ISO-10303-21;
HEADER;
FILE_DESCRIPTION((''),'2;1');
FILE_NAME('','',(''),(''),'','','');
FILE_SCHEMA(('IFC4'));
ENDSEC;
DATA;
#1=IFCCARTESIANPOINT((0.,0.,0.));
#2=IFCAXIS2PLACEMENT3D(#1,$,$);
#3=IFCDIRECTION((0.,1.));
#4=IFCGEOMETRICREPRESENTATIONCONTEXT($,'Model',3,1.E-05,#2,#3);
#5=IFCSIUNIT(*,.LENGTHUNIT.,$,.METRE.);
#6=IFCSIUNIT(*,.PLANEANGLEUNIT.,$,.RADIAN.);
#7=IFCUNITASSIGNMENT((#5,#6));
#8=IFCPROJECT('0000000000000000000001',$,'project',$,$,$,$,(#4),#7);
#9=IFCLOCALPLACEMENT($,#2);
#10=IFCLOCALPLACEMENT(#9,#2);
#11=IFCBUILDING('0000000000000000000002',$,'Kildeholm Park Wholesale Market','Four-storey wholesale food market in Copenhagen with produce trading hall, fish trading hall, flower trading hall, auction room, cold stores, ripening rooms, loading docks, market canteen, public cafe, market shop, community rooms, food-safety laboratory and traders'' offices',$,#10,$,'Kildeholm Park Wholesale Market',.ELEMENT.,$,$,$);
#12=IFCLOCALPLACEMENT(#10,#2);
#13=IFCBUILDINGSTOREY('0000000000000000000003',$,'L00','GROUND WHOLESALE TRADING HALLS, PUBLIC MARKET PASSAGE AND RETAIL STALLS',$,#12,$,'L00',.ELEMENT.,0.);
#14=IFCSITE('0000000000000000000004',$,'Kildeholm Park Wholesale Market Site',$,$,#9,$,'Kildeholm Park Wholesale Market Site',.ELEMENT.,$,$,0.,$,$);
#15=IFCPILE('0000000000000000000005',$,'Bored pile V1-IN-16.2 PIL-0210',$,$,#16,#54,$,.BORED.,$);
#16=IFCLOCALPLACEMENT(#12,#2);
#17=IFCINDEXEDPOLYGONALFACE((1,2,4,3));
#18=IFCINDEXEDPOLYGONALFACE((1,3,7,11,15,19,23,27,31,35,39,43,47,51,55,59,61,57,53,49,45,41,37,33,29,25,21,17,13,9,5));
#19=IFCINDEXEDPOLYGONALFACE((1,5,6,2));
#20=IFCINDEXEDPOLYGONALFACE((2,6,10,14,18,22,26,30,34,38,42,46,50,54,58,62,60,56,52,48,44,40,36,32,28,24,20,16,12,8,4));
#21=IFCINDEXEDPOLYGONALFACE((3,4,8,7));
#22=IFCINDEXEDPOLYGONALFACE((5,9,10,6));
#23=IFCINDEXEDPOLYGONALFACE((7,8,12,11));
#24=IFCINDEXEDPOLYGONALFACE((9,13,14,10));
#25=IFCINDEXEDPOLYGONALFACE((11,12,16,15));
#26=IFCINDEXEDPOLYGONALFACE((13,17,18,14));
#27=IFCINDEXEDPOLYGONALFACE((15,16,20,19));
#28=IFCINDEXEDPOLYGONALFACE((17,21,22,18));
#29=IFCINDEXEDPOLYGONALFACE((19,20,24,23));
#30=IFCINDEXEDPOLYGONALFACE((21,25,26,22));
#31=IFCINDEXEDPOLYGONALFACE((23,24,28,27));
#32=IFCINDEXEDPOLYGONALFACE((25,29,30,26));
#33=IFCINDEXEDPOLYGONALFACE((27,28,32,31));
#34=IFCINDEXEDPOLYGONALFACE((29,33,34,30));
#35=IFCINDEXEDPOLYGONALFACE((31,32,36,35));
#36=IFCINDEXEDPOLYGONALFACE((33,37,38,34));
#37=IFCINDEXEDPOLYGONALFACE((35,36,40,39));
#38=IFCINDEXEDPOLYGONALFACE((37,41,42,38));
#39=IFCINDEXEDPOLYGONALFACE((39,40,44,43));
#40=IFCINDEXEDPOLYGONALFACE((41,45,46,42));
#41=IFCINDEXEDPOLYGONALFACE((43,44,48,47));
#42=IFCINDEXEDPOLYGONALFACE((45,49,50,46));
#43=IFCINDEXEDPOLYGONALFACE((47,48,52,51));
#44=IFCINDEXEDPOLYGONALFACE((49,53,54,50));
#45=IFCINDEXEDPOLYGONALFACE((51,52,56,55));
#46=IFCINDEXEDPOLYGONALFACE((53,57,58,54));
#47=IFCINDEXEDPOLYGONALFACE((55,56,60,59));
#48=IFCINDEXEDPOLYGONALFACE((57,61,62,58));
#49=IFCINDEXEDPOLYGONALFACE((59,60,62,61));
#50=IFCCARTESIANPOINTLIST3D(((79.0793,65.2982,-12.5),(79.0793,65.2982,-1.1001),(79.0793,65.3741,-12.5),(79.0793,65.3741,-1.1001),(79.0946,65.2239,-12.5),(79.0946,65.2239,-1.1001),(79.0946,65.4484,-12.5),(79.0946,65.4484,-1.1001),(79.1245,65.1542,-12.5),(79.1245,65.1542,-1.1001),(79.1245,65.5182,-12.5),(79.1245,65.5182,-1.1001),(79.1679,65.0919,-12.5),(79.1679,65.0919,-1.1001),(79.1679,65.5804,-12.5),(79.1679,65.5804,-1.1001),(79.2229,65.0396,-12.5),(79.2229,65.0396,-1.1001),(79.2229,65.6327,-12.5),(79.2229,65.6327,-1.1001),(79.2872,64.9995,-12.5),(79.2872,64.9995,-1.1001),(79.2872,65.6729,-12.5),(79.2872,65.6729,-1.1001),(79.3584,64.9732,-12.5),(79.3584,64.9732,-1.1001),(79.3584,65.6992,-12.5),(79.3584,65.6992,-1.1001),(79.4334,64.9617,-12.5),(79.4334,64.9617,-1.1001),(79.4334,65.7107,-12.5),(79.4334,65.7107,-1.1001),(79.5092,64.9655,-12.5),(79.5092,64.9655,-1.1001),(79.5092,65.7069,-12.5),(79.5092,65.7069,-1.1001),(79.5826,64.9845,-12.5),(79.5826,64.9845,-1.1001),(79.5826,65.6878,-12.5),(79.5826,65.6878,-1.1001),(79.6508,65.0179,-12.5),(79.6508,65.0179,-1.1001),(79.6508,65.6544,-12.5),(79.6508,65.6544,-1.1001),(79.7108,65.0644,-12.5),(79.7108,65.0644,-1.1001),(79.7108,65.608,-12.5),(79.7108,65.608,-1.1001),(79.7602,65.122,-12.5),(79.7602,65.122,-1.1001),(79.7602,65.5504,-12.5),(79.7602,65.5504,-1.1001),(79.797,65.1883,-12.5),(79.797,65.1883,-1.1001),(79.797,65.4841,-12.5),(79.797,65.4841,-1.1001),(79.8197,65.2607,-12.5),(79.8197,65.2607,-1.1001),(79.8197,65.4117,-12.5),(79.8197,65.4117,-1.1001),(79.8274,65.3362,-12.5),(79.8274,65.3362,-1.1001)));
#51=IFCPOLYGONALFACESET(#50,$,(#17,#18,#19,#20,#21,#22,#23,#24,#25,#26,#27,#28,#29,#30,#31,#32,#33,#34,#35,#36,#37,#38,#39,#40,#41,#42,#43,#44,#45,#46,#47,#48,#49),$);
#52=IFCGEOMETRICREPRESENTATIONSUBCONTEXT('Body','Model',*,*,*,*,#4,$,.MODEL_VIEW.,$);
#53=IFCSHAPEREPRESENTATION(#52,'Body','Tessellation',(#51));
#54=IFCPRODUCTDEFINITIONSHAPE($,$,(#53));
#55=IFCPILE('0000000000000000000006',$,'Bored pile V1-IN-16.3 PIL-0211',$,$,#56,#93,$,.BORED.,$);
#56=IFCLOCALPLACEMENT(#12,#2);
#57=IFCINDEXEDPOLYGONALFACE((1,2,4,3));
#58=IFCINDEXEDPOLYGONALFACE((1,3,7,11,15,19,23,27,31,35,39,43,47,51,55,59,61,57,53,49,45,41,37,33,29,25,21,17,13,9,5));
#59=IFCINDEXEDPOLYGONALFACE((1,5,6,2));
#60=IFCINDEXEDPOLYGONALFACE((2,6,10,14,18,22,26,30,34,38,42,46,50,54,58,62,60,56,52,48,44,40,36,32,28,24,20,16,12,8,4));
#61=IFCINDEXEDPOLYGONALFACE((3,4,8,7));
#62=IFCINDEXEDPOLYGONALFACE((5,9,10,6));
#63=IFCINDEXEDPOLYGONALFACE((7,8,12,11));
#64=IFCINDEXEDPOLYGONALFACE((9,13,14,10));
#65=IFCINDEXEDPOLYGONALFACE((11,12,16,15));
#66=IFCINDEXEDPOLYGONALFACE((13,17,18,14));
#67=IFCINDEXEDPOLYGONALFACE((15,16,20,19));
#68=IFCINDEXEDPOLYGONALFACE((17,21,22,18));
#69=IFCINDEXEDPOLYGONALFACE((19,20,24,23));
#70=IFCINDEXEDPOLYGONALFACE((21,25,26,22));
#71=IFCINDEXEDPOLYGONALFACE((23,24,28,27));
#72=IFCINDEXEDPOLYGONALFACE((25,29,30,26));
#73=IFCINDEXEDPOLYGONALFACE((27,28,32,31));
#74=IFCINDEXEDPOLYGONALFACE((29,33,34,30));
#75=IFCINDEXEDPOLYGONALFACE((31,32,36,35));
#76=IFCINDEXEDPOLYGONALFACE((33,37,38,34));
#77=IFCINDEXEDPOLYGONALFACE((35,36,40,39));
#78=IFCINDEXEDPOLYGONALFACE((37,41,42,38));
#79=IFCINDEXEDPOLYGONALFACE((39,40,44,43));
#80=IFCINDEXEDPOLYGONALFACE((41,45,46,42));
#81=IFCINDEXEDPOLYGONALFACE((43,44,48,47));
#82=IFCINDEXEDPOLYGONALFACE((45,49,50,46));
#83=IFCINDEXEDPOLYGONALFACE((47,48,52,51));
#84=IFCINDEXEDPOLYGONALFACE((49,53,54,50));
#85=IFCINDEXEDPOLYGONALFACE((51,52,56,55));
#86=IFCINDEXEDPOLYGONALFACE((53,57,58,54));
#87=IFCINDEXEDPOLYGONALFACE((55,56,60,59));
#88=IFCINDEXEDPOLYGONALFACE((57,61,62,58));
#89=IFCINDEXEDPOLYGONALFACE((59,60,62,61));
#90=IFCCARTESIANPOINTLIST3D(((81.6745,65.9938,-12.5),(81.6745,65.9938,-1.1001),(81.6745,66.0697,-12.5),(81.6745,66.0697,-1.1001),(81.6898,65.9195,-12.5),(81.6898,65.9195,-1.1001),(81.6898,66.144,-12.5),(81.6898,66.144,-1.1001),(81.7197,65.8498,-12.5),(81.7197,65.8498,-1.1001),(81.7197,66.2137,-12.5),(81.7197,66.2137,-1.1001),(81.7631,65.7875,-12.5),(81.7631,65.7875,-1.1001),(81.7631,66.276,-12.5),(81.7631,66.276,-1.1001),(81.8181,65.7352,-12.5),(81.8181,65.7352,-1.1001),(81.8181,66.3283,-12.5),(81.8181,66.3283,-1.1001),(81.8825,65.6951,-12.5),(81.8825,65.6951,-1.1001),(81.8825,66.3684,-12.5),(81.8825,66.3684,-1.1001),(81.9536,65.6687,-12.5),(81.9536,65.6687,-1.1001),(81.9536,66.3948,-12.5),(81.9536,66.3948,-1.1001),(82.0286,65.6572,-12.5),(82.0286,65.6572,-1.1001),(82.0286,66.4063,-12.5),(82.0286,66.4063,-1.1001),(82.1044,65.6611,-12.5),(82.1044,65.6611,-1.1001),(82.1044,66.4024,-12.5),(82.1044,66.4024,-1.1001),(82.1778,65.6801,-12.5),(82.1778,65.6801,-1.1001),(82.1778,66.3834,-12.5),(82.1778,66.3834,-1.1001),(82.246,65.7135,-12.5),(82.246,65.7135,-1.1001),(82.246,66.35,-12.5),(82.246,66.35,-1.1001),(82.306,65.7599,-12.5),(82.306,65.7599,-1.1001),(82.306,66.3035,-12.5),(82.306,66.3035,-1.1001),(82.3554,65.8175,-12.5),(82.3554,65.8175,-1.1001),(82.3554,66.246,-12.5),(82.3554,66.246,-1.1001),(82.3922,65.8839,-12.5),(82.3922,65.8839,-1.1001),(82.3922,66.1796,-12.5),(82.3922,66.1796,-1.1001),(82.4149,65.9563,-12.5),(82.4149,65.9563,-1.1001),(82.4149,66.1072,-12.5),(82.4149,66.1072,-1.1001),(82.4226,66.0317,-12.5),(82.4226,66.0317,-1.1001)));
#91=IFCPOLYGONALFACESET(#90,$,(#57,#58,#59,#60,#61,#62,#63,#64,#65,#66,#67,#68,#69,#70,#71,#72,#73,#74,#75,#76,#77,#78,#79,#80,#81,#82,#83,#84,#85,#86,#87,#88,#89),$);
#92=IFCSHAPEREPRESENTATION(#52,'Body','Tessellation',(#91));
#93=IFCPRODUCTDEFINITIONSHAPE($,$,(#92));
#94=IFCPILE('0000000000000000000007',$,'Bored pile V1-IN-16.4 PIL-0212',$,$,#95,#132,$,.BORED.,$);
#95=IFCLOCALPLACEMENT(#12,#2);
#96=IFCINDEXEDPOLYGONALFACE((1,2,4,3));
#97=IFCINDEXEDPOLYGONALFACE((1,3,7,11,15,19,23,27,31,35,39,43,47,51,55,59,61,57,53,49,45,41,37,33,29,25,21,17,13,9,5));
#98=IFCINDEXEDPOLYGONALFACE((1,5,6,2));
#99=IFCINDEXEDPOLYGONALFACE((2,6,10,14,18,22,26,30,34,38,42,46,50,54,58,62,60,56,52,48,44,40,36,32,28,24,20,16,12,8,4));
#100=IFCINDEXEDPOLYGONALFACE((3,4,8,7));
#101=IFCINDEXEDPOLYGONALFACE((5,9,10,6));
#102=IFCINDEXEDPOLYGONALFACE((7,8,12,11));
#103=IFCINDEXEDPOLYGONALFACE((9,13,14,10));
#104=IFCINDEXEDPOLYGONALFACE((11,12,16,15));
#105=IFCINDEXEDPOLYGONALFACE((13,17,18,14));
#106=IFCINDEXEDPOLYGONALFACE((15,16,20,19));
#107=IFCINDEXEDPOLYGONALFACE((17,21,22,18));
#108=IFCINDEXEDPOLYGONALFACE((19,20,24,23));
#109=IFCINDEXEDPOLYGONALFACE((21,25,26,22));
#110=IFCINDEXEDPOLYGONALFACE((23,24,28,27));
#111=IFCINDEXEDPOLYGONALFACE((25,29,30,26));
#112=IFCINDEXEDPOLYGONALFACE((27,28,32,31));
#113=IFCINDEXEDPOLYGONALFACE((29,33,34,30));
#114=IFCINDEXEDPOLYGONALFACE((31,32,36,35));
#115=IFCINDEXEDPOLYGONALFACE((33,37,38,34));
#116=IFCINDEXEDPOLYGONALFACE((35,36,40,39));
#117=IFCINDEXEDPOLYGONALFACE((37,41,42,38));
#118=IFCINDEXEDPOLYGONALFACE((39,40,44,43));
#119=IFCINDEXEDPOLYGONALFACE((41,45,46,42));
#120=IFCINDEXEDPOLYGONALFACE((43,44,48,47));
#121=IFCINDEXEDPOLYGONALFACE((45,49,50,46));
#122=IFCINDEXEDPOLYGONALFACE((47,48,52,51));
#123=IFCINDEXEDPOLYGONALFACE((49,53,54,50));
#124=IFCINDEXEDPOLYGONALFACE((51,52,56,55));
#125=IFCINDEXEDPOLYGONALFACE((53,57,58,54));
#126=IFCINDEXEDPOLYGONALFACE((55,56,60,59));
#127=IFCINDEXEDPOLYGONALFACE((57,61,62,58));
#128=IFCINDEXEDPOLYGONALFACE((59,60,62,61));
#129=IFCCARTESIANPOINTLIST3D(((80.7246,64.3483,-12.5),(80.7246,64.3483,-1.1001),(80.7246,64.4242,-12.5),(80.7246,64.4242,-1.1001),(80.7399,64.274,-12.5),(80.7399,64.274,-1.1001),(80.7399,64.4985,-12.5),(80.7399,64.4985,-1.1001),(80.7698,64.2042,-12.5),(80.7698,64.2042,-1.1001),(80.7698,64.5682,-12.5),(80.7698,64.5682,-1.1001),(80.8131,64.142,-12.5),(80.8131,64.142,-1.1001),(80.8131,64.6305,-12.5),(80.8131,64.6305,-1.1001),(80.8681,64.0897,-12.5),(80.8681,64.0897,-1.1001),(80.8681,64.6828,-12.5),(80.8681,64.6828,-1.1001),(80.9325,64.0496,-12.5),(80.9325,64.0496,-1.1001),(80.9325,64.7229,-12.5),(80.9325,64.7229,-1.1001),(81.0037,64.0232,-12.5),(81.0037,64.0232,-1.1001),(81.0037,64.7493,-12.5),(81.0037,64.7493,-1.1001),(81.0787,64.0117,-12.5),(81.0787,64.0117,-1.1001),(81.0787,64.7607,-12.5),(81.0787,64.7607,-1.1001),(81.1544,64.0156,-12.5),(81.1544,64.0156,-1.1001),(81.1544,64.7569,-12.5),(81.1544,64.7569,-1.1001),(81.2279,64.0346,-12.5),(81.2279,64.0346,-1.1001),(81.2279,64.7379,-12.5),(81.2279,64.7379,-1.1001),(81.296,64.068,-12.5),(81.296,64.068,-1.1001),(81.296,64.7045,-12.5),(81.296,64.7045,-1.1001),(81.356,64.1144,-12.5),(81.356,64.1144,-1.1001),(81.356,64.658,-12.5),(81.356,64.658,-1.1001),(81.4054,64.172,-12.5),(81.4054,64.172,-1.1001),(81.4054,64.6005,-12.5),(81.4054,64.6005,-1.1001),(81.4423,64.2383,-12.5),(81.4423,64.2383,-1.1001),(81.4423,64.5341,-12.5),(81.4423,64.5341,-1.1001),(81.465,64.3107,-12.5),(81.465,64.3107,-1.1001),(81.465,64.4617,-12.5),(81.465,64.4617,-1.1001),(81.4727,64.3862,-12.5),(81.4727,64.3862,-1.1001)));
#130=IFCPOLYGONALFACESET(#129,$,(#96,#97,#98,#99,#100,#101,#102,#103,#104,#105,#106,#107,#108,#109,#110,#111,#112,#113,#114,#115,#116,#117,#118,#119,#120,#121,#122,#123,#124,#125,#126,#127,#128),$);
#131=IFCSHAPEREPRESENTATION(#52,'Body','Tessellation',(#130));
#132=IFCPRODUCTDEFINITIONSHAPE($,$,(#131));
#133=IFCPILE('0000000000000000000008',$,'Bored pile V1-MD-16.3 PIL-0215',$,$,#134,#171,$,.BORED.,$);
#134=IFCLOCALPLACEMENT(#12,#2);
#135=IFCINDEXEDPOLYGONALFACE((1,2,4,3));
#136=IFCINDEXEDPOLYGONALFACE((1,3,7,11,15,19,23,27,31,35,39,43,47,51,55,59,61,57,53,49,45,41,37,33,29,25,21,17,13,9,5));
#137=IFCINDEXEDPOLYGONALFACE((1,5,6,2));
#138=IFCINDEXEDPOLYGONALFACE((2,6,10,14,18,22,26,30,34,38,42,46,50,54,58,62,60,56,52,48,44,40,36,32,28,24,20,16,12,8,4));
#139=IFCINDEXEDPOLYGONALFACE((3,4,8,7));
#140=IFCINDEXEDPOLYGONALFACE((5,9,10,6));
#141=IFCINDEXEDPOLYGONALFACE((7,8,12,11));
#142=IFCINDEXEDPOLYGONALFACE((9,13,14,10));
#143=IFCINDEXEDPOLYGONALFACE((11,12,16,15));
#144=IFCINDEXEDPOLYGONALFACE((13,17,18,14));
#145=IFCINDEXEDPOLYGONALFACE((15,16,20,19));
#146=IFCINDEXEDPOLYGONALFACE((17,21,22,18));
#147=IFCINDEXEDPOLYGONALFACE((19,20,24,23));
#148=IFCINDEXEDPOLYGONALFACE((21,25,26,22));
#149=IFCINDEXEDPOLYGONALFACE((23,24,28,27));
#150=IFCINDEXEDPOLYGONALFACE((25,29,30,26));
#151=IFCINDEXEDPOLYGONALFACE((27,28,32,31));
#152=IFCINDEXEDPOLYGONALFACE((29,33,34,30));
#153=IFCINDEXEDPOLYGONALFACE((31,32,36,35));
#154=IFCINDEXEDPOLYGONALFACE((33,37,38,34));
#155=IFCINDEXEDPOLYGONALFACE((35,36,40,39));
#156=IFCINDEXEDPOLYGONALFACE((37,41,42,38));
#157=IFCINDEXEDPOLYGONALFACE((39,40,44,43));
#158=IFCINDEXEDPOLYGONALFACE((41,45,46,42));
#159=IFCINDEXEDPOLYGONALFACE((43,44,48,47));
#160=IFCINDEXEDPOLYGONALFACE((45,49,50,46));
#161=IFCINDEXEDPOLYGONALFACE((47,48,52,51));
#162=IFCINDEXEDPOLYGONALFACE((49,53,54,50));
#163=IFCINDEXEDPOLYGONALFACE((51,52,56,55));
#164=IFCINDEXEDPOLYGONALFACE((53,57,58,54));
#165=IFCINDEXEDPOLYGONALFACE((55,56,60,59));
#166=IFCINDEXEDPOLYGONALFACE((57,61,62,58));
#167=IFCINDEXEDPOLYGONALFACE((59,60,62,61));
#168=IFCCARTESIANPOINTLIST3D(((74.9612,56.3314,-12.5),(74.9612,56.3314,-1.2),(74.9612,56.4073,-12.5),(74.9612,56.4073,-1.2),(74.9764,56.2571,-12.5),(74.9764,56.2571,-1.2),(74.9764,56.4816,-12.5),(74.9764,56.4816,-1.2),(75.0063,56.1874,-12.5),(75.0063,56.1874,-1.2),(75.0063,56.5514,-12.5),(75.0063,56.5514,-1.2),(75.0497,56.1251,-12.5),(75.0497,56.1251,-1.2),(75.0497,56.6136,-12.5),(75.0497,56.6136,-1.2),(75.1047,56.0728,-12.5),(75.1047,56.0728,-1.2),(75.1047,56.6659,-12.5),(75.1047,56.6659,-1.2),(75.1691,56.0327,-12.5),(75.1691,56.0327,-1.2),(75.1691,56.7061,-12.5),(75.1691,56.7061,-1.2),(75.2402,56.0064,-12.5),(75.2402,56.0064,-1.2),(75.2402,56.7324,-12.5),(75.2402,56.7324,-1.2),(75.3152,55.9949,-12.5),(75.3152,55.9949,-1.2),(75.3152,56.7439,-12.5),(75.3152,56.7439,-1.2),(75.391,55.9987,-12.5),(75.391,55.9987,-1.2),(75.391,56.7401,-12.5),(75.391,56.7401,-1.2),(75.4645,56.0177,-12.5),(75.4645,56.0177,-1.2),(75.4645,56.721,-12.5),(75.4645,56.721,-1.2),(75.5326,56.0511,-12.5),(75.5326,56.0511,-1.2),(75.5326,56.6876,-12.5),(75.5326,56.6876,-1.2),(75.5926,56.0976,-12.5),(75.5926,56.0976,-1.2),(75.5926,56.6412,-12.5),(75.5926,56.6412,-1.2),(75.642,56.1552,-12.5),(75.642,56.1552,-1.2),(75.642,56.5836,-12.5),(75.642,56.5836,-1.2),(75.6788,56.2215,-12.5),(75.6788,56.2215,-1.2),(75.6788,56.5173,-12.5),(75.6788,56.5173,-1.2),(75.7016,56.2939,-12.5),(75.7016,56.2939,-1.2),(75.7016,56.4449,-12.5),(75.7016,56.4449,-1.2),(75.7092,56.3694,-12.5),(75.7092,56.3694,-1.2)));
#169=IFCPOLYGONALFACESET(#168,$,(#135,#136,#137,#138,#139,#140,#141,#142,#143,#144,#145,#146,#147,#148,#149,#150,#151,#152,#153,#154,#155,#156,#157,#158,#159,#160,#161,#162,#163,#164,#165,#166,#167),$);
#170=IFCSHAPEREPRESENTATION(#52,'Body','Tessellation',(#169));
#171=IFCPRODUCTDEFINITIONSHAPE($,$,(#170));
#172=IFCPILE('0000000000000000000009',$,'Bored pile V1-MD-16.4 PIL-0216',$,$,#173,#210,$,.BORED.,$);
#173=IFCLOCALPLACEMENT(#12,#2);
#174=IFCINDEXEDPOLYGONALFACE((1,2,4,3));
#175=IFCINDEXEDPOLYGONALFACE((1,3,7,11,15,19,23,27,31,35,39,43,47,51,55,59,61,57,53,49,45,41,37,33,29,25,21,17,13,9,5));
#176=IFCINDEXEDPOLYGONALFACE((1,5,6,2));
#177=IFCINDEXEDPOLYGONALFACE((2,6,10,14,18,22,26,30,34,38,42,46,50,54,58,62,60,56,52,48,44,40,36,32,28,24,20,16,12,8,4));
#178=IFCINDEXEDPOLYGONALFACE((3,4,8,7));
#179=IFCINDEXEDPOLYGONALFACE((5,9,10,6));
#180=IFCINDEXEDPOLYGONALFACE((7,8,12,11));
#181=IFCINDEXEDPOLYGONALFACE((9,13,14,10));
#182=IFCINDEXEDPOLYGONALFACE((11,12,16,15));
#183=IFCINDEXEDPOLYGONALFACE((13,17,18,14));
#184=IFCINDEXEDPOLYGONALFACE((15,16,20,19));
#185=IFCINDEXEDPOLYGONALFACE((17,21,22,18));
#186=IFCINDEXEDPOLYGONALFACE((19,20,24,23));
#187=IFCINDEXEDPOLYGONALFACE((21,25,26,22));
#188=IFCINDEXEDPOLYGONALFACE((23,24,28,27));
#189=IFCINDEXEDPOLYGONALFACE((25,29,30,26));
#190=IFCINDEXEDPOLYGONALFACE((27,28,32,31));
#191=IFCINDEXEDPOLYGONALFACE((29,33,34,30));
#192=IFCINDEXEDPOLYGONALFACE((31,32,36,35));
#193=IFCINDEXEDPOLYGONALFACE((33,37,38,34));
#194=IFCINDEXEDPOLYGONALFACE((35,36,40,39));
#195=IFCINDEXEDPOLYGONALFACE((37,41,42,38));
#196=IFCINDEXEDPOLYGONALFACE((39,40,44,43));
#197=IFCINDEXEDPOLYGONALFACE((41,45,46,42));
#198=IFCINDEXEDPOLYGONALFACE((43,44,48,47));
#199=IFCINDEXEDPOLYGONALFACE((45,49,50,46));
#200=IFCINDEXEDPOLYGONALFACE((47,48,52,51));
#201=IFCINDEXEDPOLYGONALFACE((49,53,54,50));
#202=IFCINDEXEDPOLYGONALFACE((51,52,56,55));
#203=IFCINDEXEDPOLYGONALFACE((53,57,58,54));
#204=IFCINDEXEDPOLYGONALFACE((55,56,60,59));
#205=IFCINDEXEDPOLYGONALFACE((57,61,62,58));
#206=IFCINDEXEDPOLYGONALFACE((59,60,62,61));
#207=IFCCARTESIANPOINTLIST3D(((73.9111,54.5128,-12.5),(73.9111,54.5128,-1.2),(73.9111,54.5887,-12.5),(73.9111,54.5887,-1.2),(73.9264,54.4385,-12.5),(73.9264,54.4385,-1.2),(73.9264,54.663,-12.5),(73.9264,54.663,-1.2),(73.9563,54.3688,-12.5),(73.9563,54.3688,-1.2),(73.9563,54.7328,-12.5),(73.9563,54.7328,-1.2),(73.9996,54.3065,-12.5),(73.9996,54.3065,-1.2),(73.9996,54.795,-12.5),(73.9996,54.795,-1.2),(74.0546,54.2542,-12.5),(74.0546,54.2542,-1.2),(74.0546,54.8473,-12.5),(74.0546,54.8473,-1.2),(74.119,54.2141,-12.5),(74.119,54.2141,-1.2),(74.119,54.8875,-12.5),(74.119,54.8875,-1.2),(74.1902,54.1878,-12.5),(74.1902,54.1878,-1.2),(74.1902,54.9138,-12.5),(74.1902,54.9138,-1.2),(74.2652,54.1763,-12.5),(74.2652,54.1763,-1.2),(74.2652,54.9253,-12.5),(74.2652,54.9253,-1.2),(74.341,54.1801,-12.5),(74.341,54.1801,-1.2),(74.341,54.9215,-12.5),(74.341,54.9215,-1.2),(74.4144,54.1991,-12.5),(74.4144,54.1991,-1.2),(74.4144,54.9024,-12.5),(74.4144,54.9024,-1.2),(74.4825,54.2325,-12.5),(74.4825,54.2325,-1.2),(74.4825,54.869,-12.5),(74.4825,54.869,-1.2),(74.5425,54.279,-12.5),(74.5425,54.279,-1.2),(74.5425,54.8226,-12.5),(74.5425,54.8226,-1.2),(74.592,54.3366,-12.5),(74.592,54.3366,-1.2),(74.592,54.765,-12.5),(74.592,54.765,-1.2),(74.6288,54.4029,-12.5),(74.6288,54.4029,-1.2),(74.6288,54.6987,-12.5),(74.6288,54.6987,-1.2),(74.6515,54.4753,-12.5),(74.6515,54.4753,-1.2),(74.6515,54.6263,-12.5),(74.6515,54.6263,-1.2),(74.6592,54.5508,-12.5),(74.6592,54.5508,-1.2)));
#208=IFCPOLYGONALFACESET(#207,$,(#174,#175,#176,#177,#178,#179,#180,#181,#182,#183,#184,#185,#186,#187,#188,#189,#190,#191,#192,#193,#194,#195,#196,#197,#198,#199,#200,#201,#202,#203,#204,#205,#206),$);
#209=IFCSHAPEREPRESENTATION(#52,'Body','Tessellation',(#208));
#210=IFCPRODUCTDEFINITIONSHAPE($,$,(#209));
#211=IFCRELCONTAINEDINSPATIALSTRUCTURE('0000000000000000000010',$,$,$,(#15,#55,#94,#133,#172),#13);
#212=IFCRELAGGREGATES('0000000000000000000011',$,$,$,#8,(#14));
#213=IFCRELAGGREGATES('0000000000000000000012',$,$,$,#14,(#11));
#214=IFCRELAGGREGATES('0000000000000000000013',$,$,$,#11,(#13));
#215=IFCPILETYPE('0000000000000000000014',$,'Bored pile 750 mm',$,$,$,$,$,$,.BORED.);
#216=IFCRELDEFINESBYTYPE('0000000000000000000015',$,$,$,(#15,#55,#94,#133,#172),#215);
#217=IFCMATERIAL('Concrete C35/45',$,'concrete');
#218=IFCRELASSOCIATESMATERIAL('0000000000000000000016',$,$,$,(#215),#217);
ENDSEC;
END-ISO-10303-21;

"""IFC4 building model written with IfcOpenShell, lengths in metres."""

from ifc_helpers import new_model, si_unit, direction, frame, origin, origin_2d, place, context, subcontext, project, spatial, circle, extrude, material, material_profile, profile_set, type_object, element, save


model = new_model("IFC4")

# Units and contexts
model_context = context("Model", 3, precision=1e-05, world=origin(), true_north=direction((0.0, 1.0)))
body_context = subcontext(model_context, "Body", "Model", "MODEL_VIEW")
ifc_project = project(units=[si_unit("LENGTHUNIT", "METRE"), si_unit("PLANEANGLEUNIT", "RADIAN")], contexts=[model_context])

# Site, building, storey
site_placement = place(None, origin())
site = spatial("IfcSite", under=ifc_project, at=site_placement, Name="Kildeholm Park Wholesale Market Site", LongName="Kildeholm Park Wholesale Market Site", CompositionType="ELEMENT", RefElevation=0.0)
building_placement = place(site_placement, origin())
building = spatial("IfcBuilding", under=site, at=building_placement, Name="Kildeholm Park Wholesale Market", Description="Four-storey wholesale food market in Copenhagen with produce trading hall, fish trading hall, flower trading hall, auction room, cold stores, ripening rooms, loading docks, market canteen, public cafe, market shop, community rooms, food-safety laboratory and traders' offices", LongName="Kildeholm Park Wholesale Market", CompositionType="ELEMENT")
storey_placement = place(building_placement, origin())
storey = spatial("IfcBuildingStorey", under=building, at=storey_placement, Name="L00", Description="GROUND WHOLESALE TRADING HALLS, PUBLIC MARKET PASSAGE AND RETAIL STALLS", LongName="L00", CompositionType="ELEMENT", Elevation=0.0)

# Piles
ifc_material_1 = material(Name="Concrete C35/45", Category="concrete")
ifc_material_profile_1 = material_profile(ifc_material_1, circle(Radius=0.375, at=origin_2d()), Name="PILE D750")
ifc_profile_set_1 = profile_set([ifc_material_profile_1], Name="Concrete C35/45")
pile_type = type_object("IfcPileType", Name="Bored pile 750 mm", PredefinedType="BORED", material=ifc_profile_set_1)
for number, where, z_axis, x_axis, name in (
    (1, (79.4524, 65.3362, -1.1001), (0.0, 0.0, -1.0), (1.0, 0.0, 0.0), "Bored pile V1-IN-16.2 PIL-0210"),
    (2, (82.0476, 66.0317, -1.1001), (0.0, 0.0, -1.0), (1.0, 0.0, 0.0), "Bored pile V1-IN-16.3 PIL-0211"),
    (3, (81.0977, 64.3862, -1.1001), (0.0, 0.0, -1.0), (1.0, 0.0, 0.0), "Bored pile V1-IN-16.4 PIL-0212"),
):
    element("IfcPile", number, at=place(storey_placement, frame(where, z_axis=z_axis, x_axis=x_axis)), inside=storey, type_object=pile_type, Name=name, PredefinedType="BORED", context=body_context, shape_type="SweptSolid", body=[
        extrude(circle(Radius=0.375, at=origin_2d()), origin(), (0.0, 0.0, 1.0), 11.3999),
    ])
for number, where, z_axis, x_axis, name in (
    (4, (75.3342, 56.3694, -1.2), (0.0, 0.0, -1.0), (1.0, 0.0, 0.0), "Bored pile V1-MD-16.3 PIL-0215"),
    (5, (74.2842, 54.5508, -1.2), (0.0, 0.0, -1.0), (1.0, 0.0, 0.0), "Bored pile V1-MD-16.4 PIL-0216"),
):
    element("IfcPile", number, at=place(storey_placement, frame(where, z_axis=z_axis, x_axis=x_axis)), inside=storey, type_object=pile_type, Name=name, PredefinedType="BORED", context=body_context, shape_type="SweptSolid", body=[
        extrude(circle(Radius=0.375, at=origin_2d()), origin(), (0.0, 0.0, 1.0), 11.3),
    ])

save(model, "model.ifc")
